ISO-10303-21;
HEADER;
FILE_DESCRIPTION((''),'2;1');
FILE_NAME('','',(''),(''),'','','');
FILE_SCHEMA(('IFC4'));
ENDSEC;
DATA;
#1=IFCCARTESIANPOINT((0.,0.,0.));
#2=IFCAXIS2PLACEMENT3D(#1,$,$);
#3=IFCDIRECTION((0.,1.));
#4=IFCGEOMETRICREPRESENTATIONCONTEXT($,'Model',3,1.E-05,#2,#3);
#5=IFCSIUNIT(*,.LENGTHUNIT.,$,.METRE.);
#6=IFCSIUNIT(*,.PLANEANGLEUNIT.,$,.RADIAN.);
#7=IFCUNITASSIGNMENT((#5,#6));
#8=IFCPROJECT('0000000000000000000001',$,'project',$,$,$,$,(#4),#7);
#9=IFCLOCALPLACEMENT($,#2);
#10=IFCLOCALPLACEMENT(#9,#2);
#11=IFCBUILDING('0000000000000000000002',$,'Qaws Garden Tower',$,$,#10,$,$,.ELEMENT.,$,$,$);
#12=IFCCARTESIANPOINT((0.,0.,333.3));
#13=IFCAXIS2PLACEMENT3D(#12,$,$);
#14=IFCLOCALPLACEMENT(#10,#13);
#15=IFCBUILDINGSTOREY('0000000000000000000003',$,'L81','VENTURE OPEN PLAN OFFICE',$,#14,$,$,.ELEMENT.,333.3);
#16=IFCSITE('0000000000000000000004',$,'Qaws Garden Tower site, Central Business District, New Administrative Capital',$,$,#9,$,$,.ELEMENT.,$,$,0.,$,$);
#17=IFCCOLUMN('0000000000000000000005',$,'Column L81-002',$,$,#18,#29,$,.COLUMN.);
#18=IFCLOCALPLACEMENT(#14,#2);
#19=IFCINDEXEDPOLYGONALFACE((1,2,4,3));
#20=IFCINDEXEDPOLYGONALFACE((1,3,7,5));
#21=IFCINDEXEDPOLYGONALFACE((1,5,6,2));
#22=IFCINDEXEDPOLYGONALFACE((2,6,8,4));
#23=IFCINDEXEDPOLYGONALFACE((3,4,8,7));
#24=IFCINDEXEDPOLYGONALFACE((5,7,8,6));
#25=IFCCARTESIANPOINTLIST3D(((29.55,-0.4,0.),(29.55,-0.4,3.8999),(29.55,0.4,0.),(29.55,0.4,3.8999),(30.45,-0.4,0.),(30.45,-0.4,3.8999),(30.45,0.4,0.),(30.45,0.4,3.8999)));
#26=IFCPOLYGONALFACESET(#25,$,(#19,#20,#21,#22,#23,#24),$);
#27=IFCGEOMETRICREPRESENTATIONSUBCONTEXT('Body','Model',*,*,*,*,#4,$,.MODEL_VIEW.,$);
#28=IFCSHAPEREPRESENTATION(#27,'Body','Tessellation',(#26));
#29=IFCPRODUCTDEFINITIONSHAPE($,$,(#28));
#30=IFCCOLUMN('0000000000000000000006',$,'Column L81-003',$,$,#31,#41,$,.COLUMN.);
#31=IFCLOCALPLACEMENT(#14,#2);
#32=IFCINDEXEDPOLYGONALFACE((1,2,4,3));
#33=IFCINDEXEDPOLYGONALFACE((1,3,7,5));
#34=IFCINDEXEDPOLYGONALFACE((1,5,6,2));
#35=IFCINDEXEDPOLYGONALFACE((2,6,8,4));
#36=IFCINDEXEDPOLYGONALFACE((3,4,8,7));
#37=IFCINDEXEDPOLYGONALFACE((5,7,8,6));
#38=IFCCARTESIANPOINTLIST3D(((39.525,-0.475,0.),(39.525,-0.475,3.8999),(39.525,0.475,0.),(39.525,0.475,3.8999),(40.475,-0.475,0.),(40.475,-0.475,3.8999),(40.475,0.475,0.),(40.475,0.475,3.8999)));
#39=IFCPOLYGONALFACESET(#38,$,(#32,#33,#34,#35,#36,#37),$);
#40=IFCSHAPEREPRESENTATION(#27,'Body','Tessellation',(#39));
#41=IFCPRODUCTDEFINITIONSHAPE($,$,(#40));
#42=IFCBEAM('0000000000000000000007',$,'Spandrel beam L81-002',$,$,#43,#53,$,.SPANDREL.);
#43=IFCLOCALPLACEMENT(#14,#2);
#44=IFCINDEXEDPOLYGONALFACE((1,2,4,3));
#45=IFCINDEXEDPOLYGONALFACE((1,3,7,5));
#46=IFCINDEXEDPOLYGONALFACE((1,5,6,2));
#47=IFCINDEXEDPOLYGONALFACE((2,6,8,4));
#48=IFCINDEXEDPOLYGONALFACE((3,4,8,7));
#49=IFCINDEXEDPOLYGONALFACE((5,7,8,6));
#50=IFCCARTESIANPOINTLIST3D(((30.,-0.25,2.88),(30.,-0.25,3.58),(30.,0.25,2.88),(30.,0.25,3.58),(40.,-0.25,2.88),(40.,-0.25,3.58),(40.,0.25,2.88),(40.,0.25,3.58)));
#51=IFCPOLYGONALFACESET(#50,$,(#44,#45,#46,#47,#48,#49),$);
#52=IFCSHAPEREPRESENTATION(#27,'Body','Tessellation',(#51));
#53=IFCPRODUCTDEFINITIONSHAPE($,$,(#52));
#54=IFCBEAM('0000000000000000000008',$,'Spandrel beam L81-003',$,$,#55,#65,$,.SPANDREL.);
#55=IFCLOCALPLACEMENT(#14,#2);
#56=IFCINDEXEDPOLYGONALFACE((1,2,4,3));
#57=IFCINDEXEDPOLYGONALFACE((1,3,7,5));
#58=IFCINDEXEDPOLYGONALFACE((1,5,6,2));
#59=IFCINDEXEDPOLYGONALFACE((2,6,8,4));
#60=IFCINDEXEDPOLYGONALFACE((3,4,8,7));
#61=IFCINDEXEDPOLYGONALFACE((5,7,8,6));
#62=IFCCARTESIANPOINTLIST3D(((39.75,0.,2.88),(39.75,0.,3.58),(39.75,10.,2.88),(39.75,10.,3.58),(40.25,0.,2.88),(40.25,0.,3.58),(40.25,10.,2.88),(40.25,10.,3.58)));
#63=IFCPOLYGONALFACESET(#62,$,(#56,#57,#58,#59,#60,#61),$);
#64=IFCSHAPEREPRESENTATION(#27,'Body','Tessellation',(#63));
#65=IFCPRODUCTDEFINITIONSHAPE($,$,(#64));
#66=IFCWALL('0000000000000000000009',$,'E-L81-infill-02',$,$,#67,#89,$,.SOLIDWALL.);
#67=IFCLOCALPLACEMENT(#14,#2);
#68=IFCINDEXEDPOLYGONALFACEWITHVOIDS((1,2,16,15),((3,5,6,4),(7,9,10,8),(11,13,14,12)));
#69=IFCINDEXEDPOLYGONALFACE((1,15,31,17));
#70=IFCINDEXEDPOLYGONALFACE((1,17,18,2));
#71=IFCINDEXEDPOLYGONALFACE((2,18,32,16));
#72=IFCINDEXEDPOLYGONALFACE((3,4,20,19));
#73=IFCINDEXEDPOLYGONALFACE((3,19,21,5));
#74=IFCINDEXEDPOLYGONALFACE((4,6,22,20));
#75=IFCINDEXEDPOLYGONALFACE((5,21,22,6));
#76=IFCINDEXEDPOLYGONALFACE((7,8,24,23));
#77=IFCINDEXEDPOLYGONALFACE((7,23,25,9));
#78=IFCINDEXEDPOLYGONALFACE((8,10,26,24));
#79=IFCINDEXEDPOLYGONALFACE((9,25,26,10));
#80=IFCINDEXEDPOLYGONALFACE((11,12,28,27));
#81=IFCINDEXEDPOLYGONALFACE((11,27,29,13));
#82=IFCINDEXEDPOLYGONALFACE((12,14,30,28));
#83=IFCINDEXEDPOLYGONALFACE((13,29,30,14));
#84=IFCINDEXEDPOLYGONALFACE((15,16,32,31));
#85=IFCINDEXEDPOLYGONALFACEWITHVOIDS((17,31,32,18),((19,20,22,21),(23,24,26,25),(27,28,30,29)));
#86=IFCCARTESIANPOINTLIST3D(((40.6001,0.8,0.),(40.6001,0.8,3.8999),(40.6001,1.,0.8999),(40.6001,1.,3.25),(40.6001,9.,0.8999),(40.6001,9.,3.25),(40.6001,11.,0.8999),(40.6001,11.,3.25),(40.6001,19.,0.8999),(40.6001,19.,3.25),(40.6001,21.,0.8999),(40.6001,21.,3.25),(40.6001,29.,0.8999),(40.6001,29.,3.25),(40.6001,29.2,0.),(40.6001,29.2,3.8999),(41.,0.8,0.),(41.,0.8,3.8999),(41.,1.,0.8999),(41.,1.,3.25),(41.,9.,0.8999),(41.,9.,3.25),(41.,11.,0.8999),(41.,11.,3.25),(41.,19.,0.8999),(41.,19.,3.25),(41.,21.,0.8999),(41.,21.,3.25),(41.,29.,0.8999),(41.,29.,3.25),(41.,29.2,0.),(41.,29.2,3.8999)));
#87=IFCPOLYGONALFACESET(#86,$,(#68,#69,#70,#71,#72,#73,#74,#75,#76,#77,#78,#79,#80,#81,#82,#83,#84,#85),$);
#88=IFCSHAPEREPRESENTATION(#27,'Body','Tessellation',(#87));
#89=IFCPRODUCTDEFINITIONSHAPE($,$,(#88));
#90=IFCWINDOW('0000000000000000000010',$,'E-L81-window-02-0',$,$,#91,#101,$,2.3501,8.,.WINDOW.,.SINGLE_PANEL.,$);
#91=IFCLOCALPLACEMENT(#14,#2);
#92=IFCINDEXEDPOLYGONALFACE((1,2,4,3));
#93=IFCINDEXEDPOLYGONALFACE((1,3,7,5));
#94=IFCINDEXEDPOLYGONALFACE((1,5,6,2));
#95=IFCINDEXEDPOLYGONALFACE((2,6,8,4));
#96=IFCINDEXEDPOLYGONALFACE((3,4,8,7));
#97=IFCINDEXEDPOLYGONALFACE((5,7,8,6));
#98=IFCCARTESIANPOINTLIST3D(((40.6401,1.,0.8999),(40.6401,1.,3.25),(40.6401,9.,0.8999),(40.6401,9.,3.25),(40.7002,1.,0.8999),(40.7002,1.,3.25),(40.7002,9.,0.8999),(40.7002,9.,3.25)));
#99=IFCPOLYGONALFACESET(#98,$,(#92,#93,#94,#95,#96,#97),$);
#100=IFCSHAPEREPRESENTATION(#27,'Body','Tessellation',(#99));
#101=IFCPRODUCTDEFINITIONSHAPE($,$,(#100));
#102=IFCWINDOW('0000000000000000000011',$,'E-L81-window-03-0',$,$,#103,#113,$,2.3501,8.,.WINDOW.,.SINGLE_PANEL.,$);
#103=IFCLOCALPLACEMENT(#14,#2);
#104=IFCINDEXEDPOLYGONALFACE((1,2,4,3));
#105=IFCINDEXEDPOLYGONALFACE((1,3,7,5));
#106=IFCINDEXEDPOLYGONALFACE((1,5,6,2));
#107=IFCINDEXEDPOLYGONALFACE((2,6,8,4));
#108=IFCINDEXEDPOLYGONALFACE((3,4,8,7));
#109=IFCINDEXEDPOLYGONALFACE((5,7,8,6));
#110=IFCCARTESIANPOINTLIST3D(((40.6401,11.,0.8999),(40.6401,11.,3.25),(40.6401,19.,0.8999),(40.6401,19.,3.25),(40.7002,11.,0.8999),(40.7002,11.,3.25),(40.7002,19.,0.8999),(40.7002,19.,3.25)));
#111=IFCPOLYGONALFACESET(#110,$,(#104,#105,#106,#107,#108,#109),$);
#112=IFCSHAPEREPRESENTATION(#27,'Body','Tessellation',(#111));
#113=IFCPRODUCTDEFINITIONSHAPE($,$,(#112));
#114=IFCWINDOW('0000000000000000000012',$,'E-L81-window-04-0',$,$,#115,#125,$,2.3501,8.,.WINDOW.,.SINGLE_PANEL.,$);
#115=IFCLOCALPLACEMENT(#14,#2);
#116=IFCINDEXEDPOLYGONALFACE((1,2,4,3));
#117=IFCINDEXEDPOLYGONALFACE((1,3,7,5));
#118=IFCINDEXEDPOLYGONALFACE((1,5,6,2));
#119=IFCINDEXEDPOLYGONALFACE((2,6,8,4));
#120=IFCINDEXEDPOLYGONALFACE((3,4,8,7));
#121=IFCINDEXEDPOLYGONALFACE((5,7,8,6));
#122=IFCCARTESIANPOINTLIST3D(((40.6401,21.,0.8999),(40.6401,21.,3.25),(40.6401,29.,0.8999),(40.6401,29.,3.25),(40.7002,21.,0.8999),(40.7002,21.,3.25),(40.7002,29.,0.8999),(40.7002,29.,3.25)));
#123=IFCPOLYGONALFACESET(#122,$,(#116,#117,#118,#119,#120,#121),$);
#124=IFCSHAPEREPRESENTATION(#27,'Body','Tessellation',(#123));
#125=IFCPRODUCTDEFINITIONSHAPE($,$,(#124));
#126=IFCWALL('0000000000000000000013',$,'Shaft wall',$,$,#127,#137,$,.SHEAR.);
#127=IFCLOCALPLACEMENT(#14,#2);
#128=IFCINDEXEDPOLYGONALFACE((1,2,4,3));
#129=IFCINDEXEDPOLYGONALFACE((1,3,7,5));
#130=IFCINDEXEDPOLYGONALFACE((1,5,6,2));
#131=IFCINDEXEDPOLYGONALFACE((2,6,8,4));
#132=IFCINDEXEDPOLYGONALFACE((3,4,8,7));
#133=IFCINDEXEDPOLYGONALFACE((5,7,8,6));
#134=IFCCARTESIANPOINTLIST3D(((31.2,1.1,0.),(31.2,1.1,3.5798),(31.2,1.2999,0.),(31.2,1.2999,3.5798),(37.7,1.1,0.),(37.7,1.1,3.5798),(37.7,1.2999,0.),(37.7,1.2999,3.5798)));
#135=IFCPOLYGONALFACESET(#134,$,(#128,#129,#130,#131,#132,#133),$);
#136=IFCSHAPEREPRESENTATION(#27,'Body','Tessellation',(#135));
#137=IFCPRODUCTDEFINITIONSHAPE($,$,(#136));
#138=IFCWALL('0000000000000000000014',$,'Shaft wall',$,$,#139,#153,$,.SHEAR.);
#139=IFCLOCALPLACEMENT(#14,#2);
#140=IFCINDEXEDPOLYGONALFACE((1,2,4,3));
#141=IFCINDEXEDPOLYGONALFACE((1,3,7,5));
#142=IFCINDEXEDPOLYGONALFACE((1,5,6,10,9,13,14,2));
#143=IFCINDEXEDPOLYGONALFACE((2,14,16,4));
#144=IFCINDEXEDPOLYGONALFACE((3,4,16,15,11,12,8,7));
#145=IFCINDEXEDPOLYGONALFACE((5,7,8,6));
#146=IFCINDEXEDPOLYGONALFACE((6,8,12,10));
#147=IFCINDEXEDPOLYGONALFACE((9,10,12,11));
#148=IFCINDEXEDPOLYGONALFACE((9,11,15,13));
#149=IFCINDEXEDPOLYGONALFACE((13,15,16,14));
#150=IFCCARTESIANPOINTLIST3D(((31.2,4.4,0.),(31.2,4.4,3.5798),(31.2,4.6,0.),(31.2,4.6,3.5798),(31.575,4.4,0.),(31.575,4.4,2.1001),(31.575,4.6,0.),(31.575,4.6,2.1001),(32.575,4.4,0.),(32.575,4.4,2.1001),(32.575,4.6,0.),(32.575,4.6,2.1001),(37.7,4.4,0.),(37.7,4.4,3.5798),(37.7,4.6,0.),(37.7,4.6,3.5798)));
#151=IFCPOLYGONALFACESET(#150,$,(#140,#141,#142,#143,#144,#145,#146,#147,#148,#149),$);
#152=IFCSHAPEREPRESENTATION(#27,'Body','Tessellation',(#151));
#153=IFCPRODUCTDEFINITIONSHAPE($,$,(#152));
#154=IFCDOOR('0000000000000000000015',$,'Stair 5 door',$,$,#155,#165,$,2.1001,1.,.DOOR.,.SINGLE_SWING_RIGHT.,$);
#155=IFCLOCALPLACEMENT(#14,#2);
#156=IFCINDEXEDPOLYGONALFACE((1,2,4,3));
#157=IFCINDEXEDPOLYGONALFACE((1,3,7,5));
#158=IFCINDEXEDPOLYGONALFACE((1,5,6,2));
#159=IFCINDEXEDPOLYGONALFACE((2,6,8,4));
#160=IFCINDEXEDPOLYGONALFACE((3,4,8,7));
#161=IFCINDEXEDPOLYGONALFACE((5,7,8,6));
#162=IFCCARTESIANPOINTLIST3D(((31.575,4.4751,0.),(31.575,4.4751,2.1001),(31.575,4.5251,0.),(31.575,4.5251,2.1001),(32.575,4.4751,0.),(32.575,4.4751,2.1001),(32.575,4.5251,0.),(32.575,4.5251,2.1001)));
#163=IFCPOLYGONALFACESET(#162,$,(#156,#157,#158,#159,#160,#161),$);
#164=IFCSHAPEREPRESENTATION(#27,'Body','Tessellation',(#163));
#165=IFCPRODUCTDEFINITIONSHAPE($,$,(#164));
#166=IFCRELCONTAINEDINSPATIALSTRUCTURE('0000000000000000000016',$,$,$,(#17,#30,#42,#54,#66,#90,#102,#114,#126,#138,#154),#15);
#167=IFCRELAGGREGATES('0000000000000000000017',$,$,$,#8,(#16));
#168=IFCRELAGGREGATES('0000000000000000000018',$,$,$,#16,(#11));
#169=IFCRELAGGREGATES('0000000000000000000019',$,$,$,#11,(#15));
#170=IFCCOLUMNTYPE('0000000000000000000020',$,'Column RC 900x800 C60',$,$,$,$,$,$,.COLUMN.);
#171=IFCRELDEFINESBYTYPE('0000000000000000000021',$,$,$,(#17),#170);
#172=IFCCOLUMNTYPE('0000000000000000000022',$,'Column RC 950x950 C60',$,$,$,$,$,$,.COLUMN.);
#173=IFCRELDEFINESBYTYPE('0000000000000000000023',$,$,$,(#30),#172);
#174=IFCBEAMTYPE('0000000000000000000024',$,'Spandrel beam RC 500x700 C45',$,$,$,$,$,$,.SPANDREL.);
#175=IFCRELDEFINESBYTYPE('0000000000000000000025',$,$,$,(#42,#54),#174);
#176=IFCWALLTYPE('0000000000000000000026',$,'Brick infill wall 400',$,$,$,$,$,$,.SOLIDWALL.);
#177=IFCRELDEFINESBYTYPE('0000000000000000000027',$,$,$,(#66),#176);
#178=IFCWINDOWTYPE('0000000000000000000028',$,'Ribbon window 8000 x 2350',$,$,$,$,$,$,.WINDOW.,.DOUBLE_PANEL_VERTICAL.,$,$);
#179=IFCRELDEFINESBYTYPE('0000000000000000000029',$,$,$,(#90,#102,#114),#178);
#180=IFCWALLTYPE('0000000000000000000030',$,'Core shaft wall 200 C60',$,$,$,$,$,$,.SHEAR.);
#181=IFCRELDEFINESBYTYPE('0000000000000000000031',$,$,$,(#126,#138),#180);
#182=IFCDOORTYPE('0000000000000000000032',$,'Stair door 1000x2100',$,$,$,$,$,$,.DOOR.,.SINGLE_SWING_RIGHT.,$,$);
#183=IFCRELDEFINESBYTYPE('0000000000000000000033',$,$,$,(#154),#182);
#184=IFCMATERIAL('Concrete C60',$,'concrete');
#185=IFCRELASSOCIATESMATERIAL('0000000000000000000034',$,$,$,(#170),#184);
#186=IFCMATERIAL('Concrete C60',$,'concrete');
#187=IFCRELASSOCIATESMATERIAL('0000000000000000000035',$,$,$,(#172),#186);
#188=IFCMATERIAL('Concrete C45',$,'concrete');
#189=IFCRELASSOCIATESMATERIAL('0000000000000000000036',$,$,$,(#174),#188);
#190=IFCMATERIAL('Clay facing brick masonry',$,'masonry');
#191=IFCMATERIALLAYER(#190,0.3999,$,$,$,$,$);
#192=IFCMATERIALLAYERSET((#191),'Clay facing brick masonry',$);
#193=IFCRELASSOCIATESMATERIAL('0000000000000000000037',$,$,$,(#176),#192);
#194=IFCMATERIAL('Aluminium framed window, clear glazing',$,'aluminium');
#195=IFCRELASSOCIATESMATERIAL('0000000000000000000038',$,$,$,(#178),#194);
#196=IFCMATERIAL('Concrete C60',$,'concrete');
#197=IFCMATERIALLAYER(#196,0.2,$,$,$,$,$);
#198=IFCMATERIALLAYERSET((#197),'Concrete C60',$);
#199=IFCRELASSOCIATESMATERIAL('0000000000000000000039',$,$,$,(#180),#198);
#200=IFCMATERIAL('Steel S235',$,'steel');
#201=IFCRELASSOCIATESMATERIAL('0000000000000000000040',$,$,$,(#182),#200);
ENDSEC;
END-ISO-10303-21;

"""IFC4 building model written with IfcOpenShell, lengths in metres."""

from ifc_helpers import new_model, si_unit, direction, frame, frame_2d, origin, origin_2d, place, context, subcontext, project, spatial, rectangle, extrude, material, layer, layer_set, material_profile, profile_set, type_object, element, fill, save


model = new_model("IFC4")

# Units and contexts
model_context = context("Model", 3, precision=1e-05, world=origin(), true_north=direction((0.0, 1.0)))
body_context = subcontext(model_context, "Body", "Model", "MODEL_VIEW")
ifc_project = project(units=[si_unit("LENGTHUNIT", "METRE"), si_unit("PLANEANGLEUNIT", "RADIAN")], contexts=[model_context])

# Site, building, storey
site_placement = place(None, origin())
site = spatial("IfcSite", under=ifc_project, at=site_placement, Name="Qaws Garden Tower site, Central Business District, New Administrative Capital", CompositionType="ELEMENT", RefElevation=0.0)
building_placement = place(site_placement, origin())
building = spatial("IfcBuilding", under=site, at=building_placement, Name="Qaws Garden Tower", CompositionType="ELEMENT")
storey_placement = place(building_placement, frame((0.0, 0.0, 333.3)))
storey = spatial("IfcBuildingStorey", under=building, at=storey_placement, Name="L81", Description="VENTURE OPEN PLAN OFFICE", CompositionType="ELEMENT", Elevation=333.3)

# Columns
ifc_material_1 = material(Name="Concrete C60", Category="concrete")
ifc_material_profile_1 = material_profile(ifc_material_1, rectangle(XDim=0.8999, YDim=0.8, at=origin_2d()), Name="RC 900x800")
ifc_profile_set_1 = profile_set([ifc_material_profile_1], Name="Concrete C60")
column_type_1 = type_object("IfcColumnType", Name="Column RC 900x800 C60", PredefinedType="COLUMN", material=ifc_profile_set_1)
column_1_placement = place(storey_placement, frame((30.0, 0.0, 0.0), z_axis=(0.0, 0.0, 1.0), x_axis=(1.0, 0.0, 0.0)))
element("IfcColumn", 1, at=column_1_placement, inside=storey, type_object=column_type_1, Name="Column L81-002", PredefinedType="COLUMN", context=body_context, shape_type="SweptSolid", body=[
    extrude(rectangle(XDim=0.8999, YDim=0.8, at=origin_2d()), origin(), (0.0, 0.0, 1.0), 3.8999),
])
ifc_material_2 = material(Name="Concrete C60", Category="concrete")
ifc_material_profile_2 = material_profile(ifc_material_2, rectangle(XDim=0.95, YDim=0.95, at=origin_2d()), Name="RC 950x950")
ifc_profile_set_2 = profile_set([ifc_material_profile_2], Name="Concrete C60")
column_type_2 = type_object("IfcColumnType", Name="Column RC 950x950 C60", PredefinedType="COLUMN", material=ifc_profile_set_2)
column_2_placement = place(storey_placement, frame((40.0, 0.0, 0.0), z_axis=(0.0, 0.0, 1.0), x_axis=(1.0, 0.0, 0.0)))
element("IfcColumn", 2, at=column_2_placement, inside=storey, type_object=column_type_2, Name="Column L81-003", PredefinedType="COLUMN", context=body_context, shape_type="SweptSolid", body=[
    extrude(rectangle(XDim=0.95, YDim=0.95, at=origin_2d()), origin(), (0.0, 0.0, 1.0), 3.8999),
])

# Beams
ifc_material_3 = material(Name="Concrete C45", Category="concrete")
ifc_material_profile_3 = material_profile(ifc_material_3, rectangle(XDim=0.5, YDim=0.7, at=origin_2d()), Name="RC 500x700")
ifc_profile_set_3 = profile_set([ifc_material_profile_3], Name="Concrete C45")
beam_type = type_object("IfcBeamType", Name="Spandrel beam RC 500x700 C45", PredefinedType="SPANDREL", material=ifc_profile_set_3)
for number, where, z_axis, x_axis, name in (
    (3, (30.0, 0.0, 3.23), (1.0, 0.0, 0.0), (0.0, 1.0, 0.0), "Spandrel beam L81-002"),
    (4, (40.0, 0.0, 3.23), (0.0, 1.0, 0.0), (-1.0, 0.0, 0.0), "Spandrel beam L81-003"),
):
    element("IfcBeam", number, at=place(storey_placement, frame(where, z_axis=z_axis, x_axis=x_axis)), inside=storey, type_object=beam_type, Name=name, PredefinedType="SPANDREL", context=body_context, shape_type="SweptSolid", body=[
        extrude(rectangle(XDim=0.5, YDim=0.7, at=origin_2d()), origin(), (0.0, 0.0, 1.0), 10.0),
    ])

# Wall, openings, windows
ifc_material_4 = material(Name="Clay facing brick masonry", Category="masonry")
ifc_layer_1 = layer(ifc_material_4, 0.3999)
ifc_layer_set_1 = layer_set([ifc_layer_1], Name="Clay facing brick masonry")
wall_type_1 = type_object("IfcWallType", Name="Brick infill wall 400", PredefinedType="SOLIDWALL", material=ifc_layer_set_1)
wall_1_placement = place(storey_placement, frame((40.8, 0.8, 0.0), z_axis=(0.0, 0.0, 1.0), x_axis=(0.0, 1.0, 0.0)))
wall_1 = element("IfcWall", 5, at=wall_1_placement, inside=storey, type_object=wall_type_1, Name="E-L81-infill-02", PredefinedType="SOLIDWALL", context=body_context, shape_type="SweptSolid", body=[
    extrude(rectangle(XDim=28.3999, YDim=0.3999, at=frame_2d((14.2, 0.0))), origin(), (0.0, 0.0, 1.0), 3.8999),
])
opening_1_placement = place(wall_1_placement, frame((0.2, 0.0, 0.8999)))
opening_1 = element("IfcOpeningElement", 6, at=opening_1_placement, cuts=wall_1, PredefinedType="OPENING", context=body_context, shape_type="SweptSolid", body=[
    extrude(rectangle(XDim=8.0, YDim=2.3501, at=frame_2d((4.0, 1.175))), frame((0.0, 0.21, 0.0), z_axis=(0.0, -1.0, 0.0), x_axis=(1.0, 0.0, 0.0)), (0.0, 0.0, 1.0), 0.4199),
])
opening_2_placement = place(wall_1_placement, frame((10.2, 0.0, 0.8999)))
opening_2 = element("IfcOpeningElement", 7, at=opening_2_placement, cuts=wall_1, PredefinedType="OPENING", context=body_context, shape_type="SweptSolid", body=[
    extrude(rectangle(XDim=8.0, YDim=2.3501, at=frame_2d((4.0, 1.175))), frame((0.0, 0.21, 0.0), z_axis=(0.0, -1.0, 0.0), x_axis=(1.0, 0.0, 0.0)), (0.0, 0.0, 1.0), 0.4199),
])
opening_3_placement = place(wall_1_placement, frame((20.2, 0.0, 0.8999)))
opening_3 = element("IfcOpeningElement", 8, at=opening_3_placement, cuts=wall_1, PredefinedType="OPENING", context=body_context, shape_type="SweptSolid", body=[
    extrude(rectangle(XDim=8.0, YDim=2.3501, at=frame_2d((4.0, 1.175))), frame((0.0, 0.21, 0.0), z_axis=(0.0, -1.0, 0.0), x_axis=(1.0, 0.0, 0.0)), (0.0, 0.0, 1.0), 0.4199),
])
ifc_material_5 = material(Name="Aluminium framed window, clear glazing", Category="aluminium")
window_type = type_object("IfcWindowType", Name="Ribbon window 8000 x 2350", PartitioningType="DOUBLE_PANEL_VERTICAL", PredefinedType="WINDOW", material=ifc_material_5)
window_1_placement = place(opening_1_placement, origin())
window_1 = element("IfcWindow", 9, at=window_1_placement, inside=storey, type_object=window_type, Name="E-L81-window-02-0", OverallHeight=2.3501, OverallWidth=8.0, PartitioningType="SINGLE_PANEL", PredefinedType="WINDOW", context=body_context, shape_type="SweptSolid", body=[
    extrude(rectangle(XDim=8.0, YDim=2.3501, at=frame_2d((4.0, 1.175))), frame((0.0, 0.1599, 0.0), z_axis=(0.0, -1.0, 0.0), x_axis=(1.0, 0.0, 0.0)), (0.0, 0.0, 1.0), 0.0601),
])
fill(opening_1, window_1)
window_2_placement = place(opening_2_placement, origin())
window_2 = element("IfcWindow", 10, at=window_2_placement, inside=storey, type_object=window_type, Name="E-L81-window-03-0", OverallHeight=2.3501, OverallWidth=8.0, PartitioningType="SINGLE_PANEL", PredefinedType="WINDOW", context=body_context, shape_type="SweptSolid", body=[
    extrude(rectangle(XDim=8.0, YDim=2.3501, at=frame_2d((4.0, 1.175))), frame((0.0, 0.1599, 0.0), z_axis=(0.0, -1.0, 0.0), x_axis=(1.0, 0.0, 0.0)), (0.0, 0.0, 1.0), 0.0601),
])
fill(opening_2, window_2)
window_3_placement = place(opening_3_placement, origin())
window_3 = element("IfcWindow", 11, at=window_3_placement, inside=storey, type_object=window_type, Name="E-L81-window-04-0", OverallHeight=2.3501, OverallWidth=8.0, PartitioningType="SINGLE_PANEL", PredefinedType="WINDOW", context=body_context, shape_type="SweptSolid", body=[
    extrude(rectangle(XDim=8.0, YDim=2.3501, at=frame_2d((4.0, 1.175))), frame((0.0, 0.1599, 0.0), z_axis=(0.0, -1.0, 0.0), x_axis=(1.0, 0.0, 0.0)), (0.0, 0.0, 1.0), 0.0601),
])
fill(opening_3, window_3)

# Wall
ifc_material_6 = material(Name="Concrete C60", Category="concrete")
ifc_layer_2 = layer(ifc_material_6, 0.2)
ifc_layer_set_2 = layer_set([ifc_layer_2], Name="Concrete C60")
wall_type_2 = type_object("IfcWallType", Name="Core shaft wall 200 C60", PredefinedType="SHEAR", material=ifc_layer_set_2)
wall_2_placement = place(storey_placement, frame((31.2, 1.2, 0.0), z_axis=(0.0, 0.0, 1.0), x_axis=(1.0, 0.0, 0.0)))
element("IfcWall", 12, at=wall_2_placement, inside=storey, type_object=wall_type_2, Name="Shaft wall", PredefinedType="SHEAR", context=body_context, shape_type="SweptSolid", body=[
    extrude(rectangle(XDim=6.5, YDim=0.2, at=frame_2d((3.25, 0.0))), origin(), (0.0, 0.0, 1.0), 3.5798),
])

# Wall, opening, door
wall_3_placement = place(storey_placement, frame((31.2, 4.5, 0.0), z_axis=(0.0, 0.0, 1.0), x_axis=(1.0, 0.0, 0.0)))
wall_3 = element("IfcWall", 13, at=wall_3_placement, inside=storey, type_object=wall_type_2, Name="Shaft wall", PredefinedType="SHEAR", context=body_context, shape_type="SweptSolid", body=[
    extrude(rectangle(XDim=6.5, YDim=0.2, at=frame_2d((3.25, 0.0))), origin(), (0.0, 0.0, 1.0), 3.5798),
])
opening_4_placement = place(wall_3_placement, frame((0.375, 0.0, 0.0)))
opening_4 = element("IfcOpeningElement", 14, at=opening_4_placement, cuts=wall_3, PredefinedType="OPENING", context=body_context, shape_type="SweptSolid", body=[
    extrude(rectangle(XDim=1.0, YDim=2.1001, at=frame_2d((0.5, 1.05))), frame((0.0, 0.1099, 0.0), z_axis=(0.0, -1.0, 0.0), x_axis=(1.0, 0.0, 0.0)), (0.0, 0.0, 1.0), 0.22),
])
ifc_material_7 = material(Name="Steel S235", Category="steel")
door_type = type_object("IfcDoorType", Name="Stair door 1000x2100", OperationType="SINGLE_SWING_RIGHT", PredefinedType="DOOR", material=ifc_material_7)
door_placement = place(opening_4_placement, frame((1.0, 0.0, 0.0), z_axis=(0.0, 0.0, 1.0), x_axis=(-1.0, 0.0, 0.0)))
door = element("IfcDoor", 15, at=door_placement, inside=storey, type_object=door_type, Name="Stair 5 door", OperationType="SINGLE_SWING_RIGHT", OverallHeight=2.1001, OverallWidth=1.0, PredefinedType="DOOR", context=body_context, shape_type="SweptSolid", body=[
    extrude(rectangle(XDim=1.0, YDim=2.1001, at=frame_2d((0.5, 1.05))), frame((0.0, 0.0249, 0.0), z_axis=(0.0, -1.0, 0.0), x_axis=(1.0, 0.0, 0.0)), (0.0, 0.0, 1.0), 0.05),
])
fill(opening_4, door)

save(model, "model.ifc")
